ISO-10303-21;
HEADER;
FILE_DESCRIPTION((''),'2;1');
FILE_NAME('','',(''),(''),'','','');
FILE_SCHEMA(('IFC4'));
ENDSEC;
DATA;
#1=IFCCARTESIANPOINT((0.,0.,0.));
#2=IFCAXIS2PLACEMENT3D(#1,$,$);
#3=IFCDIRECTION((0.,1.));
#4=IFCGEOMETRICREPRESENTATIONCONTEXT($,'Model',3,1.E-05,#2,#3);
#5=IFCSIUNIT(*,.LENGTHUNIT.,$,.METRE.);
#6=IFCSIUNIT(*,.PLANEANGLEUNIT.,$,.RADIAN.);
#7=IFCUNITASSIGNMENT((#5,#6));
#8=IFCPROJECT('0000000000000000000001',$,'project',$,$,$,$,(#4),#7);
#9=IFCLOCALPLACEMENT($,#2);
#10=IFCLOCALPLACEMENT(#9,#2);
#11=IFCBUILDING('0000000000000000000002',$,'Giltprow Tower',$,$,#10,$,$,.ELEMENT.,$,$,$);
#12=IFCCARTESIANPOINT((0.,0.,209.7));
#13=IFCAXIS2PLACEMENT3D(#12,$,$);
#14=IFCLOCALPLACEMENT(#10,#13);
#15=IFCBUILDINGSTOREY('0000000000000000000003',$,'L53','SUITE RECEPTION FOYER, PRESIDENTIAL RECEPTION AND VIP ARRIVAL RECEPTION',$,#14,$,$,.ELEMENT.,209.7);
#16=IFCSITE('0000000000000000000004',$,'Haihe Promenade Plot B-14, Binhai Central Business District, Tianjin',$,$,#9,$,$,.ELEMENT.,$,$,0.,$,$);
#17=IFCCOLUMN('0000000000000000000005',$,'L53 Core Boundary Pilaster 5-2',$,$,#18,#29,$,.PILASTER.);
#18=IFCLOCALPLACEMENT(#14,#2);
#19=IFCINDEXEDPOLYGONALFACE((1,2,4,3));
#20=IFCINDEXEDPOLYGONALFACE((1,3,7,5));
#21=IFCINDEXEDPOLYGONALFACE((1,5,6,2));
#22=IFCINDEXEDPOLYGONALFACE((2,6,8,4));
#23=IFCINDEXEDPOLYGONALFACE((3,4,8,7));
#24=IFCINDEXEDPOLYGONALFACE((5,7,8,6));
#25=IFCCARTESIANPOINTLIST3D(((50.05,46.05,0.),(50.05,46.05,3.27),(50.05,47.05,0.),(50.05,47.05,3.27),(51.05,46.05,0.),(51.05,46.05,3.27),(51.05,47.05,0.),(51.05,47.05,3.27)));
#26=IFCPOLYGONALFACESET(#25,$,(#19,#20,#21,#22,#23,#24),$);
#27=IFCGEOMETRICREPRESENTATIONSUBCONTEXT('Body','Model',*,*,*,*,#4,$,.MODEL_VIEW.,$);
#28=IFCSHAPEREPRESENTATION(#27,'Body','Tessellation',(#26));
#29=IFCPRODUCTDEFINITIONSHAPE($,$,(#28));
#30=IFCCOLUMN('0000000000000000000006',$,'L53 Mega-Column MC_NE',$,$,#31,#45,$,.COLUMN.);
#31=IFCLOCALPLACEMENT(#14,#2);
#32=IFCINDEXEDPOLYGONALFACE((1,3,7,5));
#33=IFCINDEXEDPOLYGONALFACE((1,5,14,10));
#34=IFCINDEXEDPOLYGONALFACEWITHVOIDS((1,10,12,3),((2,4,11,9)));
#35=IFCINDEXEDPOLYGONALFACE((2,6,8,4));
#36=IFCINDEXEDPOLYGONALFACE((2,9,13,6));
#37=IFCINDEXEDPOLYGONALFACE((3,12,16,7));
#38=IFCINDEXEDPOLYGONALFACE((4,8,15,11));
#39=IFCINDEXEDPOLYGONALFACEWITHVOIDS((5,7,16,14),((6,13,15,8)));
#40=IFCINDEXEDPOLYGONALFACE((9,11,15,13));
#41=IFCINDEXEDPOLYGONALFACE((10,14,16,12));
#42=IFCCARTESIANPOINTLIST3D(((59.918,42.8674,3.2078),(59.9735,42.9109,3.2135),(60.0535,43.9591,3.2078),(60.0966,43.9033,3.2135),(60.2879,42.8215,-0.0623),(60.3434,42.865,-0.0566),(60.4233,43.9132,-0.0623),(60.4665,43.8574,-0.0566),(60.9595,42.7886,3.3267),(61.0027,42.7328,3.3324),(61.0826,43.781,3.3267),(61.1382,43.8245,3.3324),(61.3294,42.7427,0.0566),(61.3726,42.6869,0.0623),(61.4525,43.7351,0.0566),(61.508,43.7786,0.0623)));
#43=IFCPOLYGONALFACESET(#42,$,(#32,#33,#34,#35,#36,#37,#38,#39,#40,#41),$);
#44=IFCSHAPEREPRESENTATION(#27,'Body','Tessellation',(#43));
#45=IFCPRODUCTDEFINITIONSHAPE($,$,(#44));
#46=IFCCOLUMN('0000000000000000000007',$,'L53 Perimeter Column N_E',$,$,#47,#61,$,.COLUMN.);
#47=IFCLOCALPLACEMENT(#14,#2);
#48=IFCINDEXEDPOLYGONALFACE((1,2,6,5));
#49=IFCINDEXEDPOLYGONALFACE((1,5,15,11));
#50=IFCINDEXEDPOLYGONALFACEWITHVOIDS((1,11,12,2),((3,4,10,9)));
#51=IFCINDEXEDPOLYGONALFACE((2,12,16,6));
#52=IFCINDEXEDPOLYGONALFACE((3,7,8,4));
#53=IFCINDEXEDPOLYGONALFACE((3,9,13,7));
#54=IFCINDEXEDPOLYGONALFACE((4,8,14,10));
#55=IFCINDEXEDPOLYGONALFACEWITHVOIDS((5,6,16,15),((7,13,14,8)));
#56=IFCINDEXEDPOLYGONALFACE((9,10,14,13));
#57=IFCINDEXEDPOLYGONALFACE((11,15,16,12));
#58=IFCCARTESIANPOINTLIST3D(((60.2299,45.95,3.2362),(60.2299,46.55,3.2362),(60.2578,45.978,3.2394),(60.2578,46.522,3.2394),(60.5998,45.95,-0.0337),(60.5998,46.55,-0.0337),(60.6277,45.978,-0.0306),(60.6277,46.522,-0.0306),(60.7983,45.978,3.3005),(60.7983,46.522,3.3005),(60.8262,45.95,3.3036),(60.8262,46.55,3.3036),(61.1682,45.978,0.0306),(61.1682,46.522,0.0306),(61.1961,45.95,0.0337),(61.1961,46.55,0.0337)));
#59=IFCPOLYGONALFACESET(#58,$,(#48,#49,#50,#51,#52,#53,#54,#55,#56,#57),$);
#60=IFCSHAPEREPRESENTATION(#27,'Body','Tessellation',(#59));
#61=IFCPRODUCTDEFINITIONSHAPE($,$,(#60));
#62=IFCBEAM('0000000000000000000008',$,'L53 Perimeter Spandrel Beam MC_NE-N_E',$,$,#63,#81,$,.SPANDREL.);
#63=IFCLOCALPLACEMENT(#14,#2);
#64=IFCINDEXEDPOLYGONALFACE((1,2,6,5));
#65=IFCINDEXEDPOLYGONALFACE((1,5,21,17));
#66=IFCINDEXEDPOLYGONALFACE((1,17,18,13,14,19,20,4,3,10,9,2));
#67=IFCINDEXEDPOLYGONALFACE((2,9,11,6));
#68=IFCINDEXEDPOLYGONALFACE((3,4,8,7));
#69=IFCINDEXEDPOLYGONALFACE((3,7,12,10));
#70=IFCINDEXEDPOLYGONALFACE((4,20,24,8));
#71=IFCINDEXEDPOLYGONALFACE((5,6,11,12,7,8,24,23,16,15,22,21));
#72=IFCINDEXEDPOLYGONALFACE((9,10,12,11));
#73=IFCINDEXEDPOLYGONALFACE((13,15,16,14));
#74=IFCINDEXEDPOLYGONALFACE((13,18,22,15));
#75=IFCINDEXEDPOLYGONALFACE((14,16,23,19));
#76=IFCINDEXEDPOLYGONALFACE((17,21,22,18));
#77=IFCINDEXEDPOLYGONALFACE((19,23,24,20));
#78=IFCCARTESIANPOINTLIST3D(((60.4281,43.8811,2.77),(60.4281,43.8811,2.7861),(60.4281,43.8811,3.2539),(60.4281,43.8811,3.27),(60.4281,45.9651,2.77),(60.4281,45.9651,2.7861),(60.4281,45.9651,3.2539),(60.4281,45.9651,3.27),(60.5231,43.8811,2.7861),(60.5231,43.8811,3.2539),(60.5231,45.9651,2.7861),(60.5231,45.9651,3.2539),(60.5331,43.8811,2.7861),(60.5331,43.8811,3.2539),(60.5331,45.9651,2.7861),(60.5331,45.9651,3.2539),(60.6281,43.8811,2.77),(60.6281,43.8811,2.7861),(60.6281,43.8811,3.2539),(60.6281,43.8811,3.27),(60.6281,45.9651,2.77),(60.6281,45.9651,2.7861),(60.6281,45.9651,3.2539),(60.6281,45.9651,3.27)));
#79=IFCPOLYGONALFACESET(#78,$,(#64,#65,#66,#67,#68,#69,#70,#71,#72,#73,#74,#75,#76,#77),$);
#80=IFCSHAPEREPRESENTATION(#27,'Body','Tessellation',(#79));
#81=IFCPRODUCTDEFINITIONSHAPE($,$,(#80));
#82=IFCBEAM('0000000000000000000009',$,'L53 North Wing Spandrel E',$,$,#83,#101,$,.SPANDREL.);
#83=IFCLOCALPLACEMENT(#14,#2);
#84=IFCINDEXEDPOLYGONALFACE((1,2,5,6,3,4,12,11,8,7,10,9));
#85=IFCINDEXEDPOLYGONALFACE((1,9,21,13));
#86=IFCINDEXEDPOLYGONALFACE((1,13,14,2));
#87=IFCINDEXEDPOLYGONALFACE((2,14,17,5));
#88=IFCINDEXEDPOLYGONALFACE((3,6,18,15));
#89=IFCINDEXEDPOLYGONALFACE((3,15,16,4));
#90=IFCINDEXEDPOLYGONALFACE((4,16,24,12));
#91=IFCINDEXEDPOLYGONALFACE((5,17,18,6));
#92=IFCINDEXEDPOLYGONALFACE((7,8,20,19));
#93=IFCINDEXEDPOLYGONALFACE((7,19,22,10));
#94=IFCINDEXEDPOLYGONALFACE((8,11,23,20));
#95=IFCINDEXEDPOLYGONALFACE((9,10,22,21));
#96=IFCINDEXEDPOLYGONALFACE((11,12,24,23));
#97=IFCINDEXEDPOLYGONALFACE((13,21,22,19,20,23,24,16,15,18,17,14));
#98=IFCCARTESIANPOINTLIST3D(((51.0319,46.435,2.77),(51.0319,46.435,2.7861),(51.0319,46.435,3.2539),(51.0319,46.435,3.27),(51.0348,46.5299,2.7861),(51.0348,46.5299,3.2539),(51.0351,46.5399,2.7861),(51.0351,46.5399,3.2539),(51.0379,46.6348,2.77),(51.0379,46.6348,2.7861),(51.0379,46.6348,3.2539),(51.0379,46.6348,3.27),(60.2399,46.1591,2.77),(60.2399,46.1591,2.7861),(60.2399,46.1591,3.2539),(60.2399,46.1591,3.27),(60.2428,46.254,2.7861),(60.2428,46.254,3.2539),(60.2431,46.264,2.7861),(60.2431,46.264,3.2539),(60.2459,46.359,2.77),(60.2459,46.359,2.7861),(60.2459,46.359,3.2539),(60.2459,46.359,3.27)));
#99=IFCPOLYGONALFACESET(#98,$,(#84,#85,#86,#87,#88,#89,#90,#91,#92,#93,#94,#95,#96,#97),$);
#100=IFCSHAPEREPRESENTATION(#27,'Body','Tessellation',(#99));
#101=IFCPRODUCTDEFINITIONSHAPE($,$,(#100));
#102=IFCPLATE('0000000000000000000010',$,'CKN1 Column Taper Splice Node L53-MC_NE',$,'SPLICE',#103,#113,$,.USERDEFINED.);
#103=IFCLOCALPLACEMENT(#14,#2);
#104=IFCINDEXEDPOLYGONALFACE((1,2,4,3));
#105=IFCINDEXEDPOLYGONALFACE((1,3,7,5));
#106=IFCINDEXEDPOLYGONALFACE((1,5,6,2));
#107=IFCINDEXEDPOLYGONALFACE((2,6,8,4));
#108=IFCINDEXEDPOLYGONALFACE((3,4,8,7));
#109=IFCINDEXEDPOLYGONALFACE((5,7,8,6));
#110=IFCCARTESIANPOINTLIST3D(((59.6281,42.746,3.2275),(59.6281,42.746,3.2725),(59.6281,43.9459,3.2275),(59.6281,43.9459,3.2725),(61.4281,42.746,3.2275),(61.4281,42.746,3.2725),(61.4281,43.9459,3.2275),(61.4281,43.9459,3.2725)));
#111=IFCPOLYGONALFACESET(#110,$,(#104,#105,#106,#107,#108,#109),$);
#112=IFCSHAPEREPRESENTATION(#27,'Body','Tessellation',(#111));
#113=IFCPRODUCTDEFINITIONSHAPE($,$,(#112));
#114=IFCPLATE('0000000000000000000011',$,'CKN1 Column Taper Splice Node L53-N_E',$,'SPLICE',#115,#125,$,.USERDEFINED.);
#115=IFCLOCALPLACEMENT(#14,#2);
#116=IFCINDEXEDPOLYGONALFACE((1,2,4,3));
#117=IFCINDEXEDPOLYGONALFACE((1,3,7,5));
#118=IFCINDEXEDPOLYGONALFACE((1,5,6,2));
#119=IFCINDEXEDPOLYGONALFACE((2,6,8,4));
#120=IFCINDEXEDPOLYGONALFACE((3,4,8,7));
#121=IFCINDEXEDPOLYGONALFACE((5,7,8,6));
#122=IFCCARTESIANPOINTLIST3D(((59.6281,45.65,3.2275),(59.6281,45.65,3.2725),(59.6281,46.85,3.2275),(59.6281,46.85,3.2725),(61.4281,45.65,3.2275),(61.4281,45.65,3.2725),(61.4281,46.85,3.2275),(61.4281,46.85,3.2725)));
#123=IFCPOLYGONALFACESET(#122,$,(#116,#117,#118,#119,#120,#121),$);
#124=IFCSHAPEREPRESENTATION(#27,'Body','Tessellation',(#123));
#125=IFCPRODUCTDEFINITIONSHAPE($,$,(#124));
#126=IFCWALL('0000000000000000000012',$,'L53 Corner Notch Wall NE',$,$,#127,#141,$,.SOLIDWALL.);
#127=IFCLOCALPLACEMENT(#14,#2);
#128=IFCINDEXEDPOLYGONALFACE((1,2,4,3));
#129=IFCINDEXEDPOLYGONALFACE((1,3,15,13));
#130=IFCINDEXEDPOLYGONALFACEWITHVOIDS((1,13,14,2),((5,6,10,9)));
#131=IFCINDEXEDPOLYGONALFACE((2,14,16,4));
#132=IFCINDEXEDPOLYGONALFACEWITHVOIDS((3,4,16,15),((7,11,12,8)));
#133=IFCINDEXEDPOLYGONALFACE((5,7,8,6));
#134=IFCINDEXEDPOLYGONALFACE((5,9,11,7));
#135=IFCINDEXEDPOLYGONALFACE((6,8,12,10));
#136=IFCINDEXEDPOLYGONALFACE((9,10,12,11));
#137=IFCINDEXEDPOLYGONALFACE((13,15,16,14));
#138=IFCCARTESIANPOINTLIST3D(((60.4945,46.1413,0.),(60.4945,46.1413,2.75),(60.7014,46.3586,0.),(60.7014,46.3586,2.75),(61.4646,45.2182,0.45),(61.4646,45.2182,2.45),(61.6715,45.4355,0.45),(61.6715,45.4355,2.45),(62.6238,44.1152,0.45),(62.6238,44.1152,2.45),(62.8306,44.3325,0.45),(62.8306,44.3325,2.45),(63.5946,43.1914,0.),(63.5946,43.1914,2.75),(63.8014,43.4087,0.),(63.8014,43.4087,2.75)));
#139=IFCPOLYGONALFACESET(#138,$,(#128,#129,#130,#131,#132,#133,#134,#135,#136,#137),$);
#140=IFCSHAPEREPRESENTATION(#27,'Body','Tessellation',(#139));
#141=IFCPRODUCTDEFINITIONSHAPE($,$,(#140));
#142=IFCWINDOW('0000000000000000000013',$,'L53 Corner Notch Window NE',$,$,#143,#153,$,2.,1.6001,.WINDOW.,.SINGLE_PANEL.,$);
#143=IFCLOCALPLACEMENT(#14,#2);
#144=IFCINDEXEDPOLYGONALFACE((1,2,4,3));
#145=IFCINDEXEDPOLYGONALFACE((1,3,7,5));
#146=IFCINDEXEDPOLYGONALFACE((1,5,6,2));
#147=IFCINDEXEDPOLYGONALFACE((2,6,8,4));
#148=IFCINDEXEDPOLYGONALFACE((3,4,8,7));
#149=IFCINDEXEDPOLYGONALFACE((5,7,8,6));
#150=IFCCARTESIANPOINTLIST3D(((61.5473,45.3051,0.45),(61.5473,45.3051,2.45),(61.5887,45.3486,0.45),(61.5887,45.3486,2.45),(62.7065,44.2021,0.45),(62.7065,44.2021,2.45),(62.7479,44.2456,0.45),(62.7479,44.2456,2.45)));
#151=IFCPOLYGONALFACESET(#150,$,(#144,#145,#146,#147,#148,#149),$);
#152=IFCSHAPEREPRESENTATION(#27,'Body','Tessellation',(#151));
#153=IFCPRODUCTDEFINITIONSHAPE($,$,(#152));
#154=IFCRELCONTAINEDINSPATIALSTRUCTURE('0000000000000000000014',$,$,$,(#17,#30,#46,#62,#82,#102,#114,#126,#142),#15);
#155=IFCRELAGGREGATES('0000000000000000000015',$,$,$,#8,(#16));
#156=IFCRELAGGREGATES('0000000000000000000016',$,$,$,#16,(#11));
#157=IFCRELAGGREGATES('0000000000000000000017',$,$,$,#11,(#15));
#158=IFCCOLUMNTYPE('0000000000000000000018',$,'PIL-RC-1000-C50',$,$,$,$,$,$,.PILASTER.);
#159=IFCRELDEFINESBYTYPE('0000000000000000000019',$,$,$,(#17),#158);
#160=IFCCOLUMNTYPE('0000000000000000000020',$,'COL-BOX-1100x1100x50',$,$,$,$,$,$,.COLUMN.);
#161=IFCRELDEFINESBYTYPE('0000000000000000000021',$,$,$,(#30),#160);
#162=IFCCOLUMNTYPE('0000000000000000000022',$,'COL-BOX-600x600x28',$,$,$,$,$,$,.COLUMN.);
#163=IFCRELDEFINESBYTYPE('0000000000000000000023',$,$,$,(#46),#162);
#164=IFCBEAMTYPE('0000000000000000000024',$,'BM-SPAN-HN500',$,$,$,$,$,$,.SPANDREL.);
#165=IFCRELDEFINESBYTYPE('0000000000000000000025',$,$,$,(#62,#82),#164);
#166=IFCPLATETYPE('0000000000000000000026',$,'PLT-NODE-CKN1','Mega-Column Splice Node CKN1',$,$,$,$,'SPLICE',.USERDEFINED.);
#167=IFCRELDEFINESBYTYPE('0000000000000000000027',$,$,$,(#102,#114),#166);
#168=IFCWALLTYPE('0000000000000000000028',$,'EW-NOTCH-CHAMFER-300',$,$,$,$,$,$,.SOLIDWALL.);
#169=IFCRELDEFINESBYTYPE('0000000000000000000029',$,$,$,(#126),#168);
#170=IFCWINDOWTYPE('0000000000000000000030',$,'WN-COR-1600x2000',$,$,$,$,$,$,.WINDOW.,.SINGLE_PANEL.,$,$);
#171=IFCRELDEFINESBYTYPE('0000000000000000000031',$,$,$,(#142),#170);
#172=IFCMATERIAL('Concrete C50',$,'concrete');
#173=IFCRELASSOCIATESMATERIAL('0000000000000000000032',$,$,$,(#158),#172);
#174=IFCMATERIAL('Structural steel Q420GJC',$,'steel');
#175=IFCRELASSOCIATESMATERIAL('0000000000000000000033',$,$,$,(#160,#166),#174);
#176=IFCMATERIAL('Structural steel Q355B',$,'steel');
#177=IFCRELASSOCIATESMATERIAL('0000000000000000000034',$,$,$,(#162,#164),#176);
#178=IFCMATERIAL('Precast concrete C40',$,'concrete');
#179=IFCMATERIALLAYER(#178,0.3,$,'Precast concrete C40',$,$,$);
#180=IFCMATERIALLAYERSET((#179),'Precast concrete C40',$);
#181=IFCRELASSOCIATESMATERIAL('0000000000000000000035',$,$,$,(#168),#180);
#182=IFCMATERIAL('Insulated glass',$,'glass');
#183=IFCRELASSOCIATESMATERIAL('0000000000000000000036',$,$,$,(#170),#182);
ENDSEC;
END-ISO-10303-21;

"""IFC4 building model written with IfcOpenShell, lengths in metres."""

from ifc_helpers import new_model, si_unit, direction, frame, frame_2d, origin, origin_2d, place, context, subcontext, project, spatial, rectangle, hollow_rectangle, i_section, extrude, source, transform, mapped, material, layer, layer_set, material_profile, profile_set, type_object, element, fill, save


model = new_model("IFC4")

# Units and contexts
model_context = context("Model", 3, precision=1e-05, world=origin(), true_north=direction((0.0, 1.0)))
body_context = subcontext(model_context, "Body", "Model", "MODEL_VIEW")
ifc_project = project(units=[si_unit("LENGTHUNIT", "METRE"), si_unit("PLANEANGLEUNIT", "RADIAN")], contexts=[model_context])

# Site, building, storey
site_placement = place(None, origin())
site = spatial("IfcSite", under=ifc_project, at=site_placement, Name="Haihe Promenade Plot B-14, Binhai Central Business District, Tianjin", CompositionType="ELEMENT", RefElevation=0.0)
building_placement = place(site_placement, origin())
building = spatial("IfcBuilding", under=site, at=building_placement, Name="Giltprow Tower", CompositionType="ELEMENT")
storey_placement = place(building_placement, frame((0.0, 0.0, 209.7)))
storey = spatial("IfcBuildingStorey", under=building, at=storey_placement, Name="L53", Description="SUITE RECEPTION FOYER, PRESIDENTIAL RECEPTION AND VIP ARRIVAL RECEPTION", CompositionType="ELEMENT", Elevation=209.7)

# Columns
ifc_material_1 = material(Name="Concrete C50", Category="concrete")
ifc_material_profile_1 = material_profile(ifc_material_1, rectangle(XDim=1.0, YDim=1.0, at=origin_2d()), Name="RC 1000x1000")
ifc_profile_set_1 = profile_set([ifc_material_profile_1], Name="Concrete C50")
column_type_1 = type_object("IfcColumnType", Name="PIL-RC-1000-C50", PredefinedType="PILASTER", material=ifc_profile_set_1)
shared_shape_1 = source(origin(), body_context, "Body", "SweptSolid", [
    extrude(rectangle(XDim=1.0, YDim=1.0, at=origin_2d()), origin(), (0.0, 0.0, 1.0), 3.27),
])
column_1_placement = place(storey_placement, frame((50.55, 46.55, 0.0), z_axis=(0.0, 0.0, 1.0), x_axis=(1.0, 0.0, 0.0)))
element("IfcColumn", 1, at=column_1_placement, inside=storey, type_object=column_type_1, Name="L53 Core Boundary Pilaster 5-2", PredefinedType="PILASTER", context=body_context, shape_type="MappedRepresentation", body=[
    mapped(shared_shape_1, transform((0.0, 0.0, 0.0), x_axis=(1.0, 0.0, 0.0), y_axis=(0.0, 1.0, 0.0), z_axis=(0.0, 0.0, 1.0), scale=1.0)),
])
ifc_material_2 = material(Name="Structural steel Q420GJC", Category="steel")
ifc_material_profile_2 = material_profile(ifc_material_2, hollow_rectangle(XDim=1.1001, YDim=1.1001, WallThickness=0.05, at=origin_2d()), Name="BOX 1100x1100x50")
ifc_profile_set_2 = profile_set([ifc_material_profile_2], Name="Structural steel Q420GJC")
column_type_2 = type_object("IfcColumnType", Name="COL-BOX-1100x1100x50", PredefinedType="COLUMN", material=ifc_profile_set_2)
shared_shape_2 = source(origin(), body_context, "Body", "SweptSolid", [
    extrude(hollow_rectangle(XDim=1.1001, YDim=1.1001, WallThickness=0.05, at=origin_2d()), origin(), (0.0, 0.0, 1.0), 3.2913),
])
column_2_placement = place(storey_placement, frame((60.8979, 43.3, 0.0), z_axis=(-0.112383, 0.013946, 0.993567), x_axis=(-0.123148, -0.992388, 0.0)))
element("IfcColumn", 2, at=column_2_placement, inside=storey, type_object=column_type_2, Name="L53 Mega-Column MC_NE", PredefinedType="COLUMN", context=body_context, shape_type="MappedRepresentation", body=[
    mapped(shared_shape_2, transform((0.0, 0.0, 0.0), x_axis=(1.0, 0.0, 0.0), y_axis=(0.0, 1.0, 0.0), z_axis=(0.0, 0.0, 1.0), scale=1.0)),
])
ifc_material_3 = material(Name="Structural steel Q355B", Category="steel")
ifc_material_profile_3 = material_profile(ifc_material_3, hollow_rectangle(XDim=0.6001, YDim=0.6001, WallThickness=0.0281, at=origin_2d()), Name="BOX 600x600x28")
ifc_profile_set_3 = profile_set([ifc_material_profile_3], Name="Structural steel Q355B")
column_type_3 = type_object("IfcColumnType", Name="COL-BOX-600x600x28", PredefinedType="COLUMN", material=ifc_profile_set_3)
shared_shape_3 = source(origin(), body_context, "Body", "SweptSolid", [
    extrude(hollow_rectangle(XDim=0.6001, YDim=0.6001, WallThickness=0.0281, at=origin_2d()), origin(), (0.0, 0.0, 1.0), 3.2908),
])
column_3_placement = place(storey_placement, frame((60.8979, 46.25, 0.0), z_axis=(-0.112394, 0.0, 0.993664), x_axis=(0.0, -1.0, 0.0)))
element("IfcColumn", 3, at=column_3_placement, inside=storey, type_object=column_type_3, Name="L53 Perimeter Column N_E", PredefinedType="COLUMN", context=body_context, shape_type="MappedRepresentation", body=[
    mapped(shared_shape_3, transform((0.0, 0.0, 0.0), x_axis=(1.0, 0.0, 0.0), y_axis=(0.0, 1.0, 0.0), z_axis=(0.0, 0.0, 1.0), scale=1.0)),
])

# Beams
ifc_material_profile_4 = material_profile(ifc_material_3, i_section(OverallWidth=0.2, OverallDepth=0.5, WebThickness=0.01, FlangeThickness=0.0161, at=origin_2d()), Name="HN 500x200x10x16")
ifc_profile_set_4 = profile_set([ifc_material_profile_4], Name="Structural steel Q355B")
beam_type = type_object("IfcBeamType", Name="BM-SPAN-HN500", PredefinedType="SPANDREL", material=ifc_profile_set_4)
shared_shape_4 = source(origin(), body_context, "Body", "SweptSolid", [
    extrude(i_section(OverallWidth=0.2, OverallDepth=0.5, WebThickness=0.01, FlangeThickness=0.0161, at=origin_2d()), origin(), (0.0, 0.0, 1.0), 2.084),
])
beam_1_placement = place(storey_placement, frame((60.5281, 43.8811, 3.02), z_axis=(0.0, 1.0, 0.0), x_axis=(-1.0, 0.0, 0.0)))
element("IfcBeam", 4, at=beam_1_placement, inside=storey, type_object=beam_type, Name="L53 Perimeter Spandrel Beam MC_NE-N_E", PredefinedType="SPANDREL", context=body_context, shape_type="MappedRepresentation", body=[
    mapped(shared_shape_4, transform((0.0, 0.0, 0.0), x_axis=(1.0, 0.0, 0.0), y_axis=(0.0, 1.0, 0.0), z_axis=(0.0, 0.0, 1.0), scale=1.0)),
])
shared_shape_5 = source(origin(), body_context, "Body", "SweptSolid", [
    extrude(i_section(OverallWidth=0.2, OverallDepth=0.5, WebThickness=0.01, FlangeThickness=0.0161, at=origin_2d()), origin(), (0.0, 0.0, 1.0), 9.2122),
])
beam_2_placement = place(storey_placement, frame((51.0349, 46.5349, 3.02), z_axis=(0.999551, -0.029947, 0.0), x_axis=(0.029947, 0.999551, 0.0)))
element("IfcBeam", 5, at=beam_2_placement, inside=storey, type_object=beam_type, Name="L53 North Wing Spandrel E", PredefinedType="SPANDREL", context=body_context, shape_type="MappedRepresentation", body=[
    mapped(shared_shape_5, transform((0.0, 0.0, 0.0), x_axis=(1.0, 0.0, 0.0), y_axis=(0.0, 1.0, 0.0), z_axis=(0.0, 0.0, 1.0), scale=1.0)),
])

# Plates
plate_type = type_object("IfcPlateType", Name="PLT-NODE-CKN1", Description="Mega-Column Splice Node CKN1", ElementType="SPLICE", PredefinedType="USERDEFINED", material=ifc_material_2)
shared_shape_6 = source(origin(), body_context, "Body", "SweptSolid", [
    extrude(rectangle(XDim=1.8, YDim=1.2, at=origin_2d()), origin(), (0.0, 0.0, 1.0), 0.0449),
])
for number, where, z_axis, x_axis, name in (
    (6, (60.5281, 43.3459, 3.2275), (0.0, 0.0, 1.0), (1.0, 0.0, 0.0), "CKN1 Column Taper Splice Node L53-MC_NE"),
    (7, (60.5281, 46.25, 3.2275), (0.0, 0.0, 1.0), (1.0, 0.0, 0.0), "CKN1 Column Taper Splice Node L53-N_E"),
):
    element("IfcPlate", number, at=place(storey_placement, frame(where, z_axis=z_axis, x_axis=x_axis)), inside=storey, type_object=plate_type, Name=name, ObjectType="SPLICE", PredefinedType="USERDEFINED", context=body_context, shape_type="MappedRepresentation", body=[
        mapped(shared_shape_6, transform((0.0, 0.0, 0.0), x_axis=(1.0, 0.0, 0.0), y_axis=(0.0, 1.0, 0.0), z_axis=(0.0, 0.0, 1.0), scale=1.0)),
    ])

# Wall, opening, window
ifc_material_4 = material(Name="Precast concrete C40", Category="concrete")
ifc_layer_1 = layer(ifc_material_4, 0.3, Name="Precast concrete C40")
ifc_layer_set_1 = layer_set([ifc_layer_1], Name="Precast concrete C40")
wall_type_1 = type_object("IfcWallType", Name="EW-NOTCH-CHAMFER-300", PredefinedType="SOLIDWALL", material=ifc_layer_set_1)
wall_1_placement = place(storey_placement, frame((63.698, 43.3, 0.0), z_axis=(0.0, 0.0, 1.0), x_axis=(-0.724432, 0.689346, 0.0)))
wall_1 = element("IfcWall", 8, at=wall_1_placement, inside=storey, type_object=wall_type_1, Name="L53 Corner Notch Wall NE", PredefinedType="SOLIDWALL", context=body_context, shape_type="SweptSolid", body=[
    extrude(rectangle(XDim=4.2793, YDim=0.3, at=frame_2d((2.1396, 0.0))), origin(), (0.0, 0.0, 1.0), 2.75),
])
opening_1_placement = place(wall_1_placement, frame((1.3401, 0.0, 0.45)))
opening_1 = element("IfcOpeningElement", 9, at=opening_1_placement, cuts=wall_1, PredefinedType="OPENING", context=body_context, shape_type="SweptSolid", body=[
    extrude(rectangle(XDim=1.6001, YDim=2.0, at=frame_2d((0.8, 1.0))), frame((0.0, 0.1599, 0.0), z_axis=(0.0, -1.0, 0.0), x_axis=(1.0, 0.0, 0.0)), (0.0, 0.0, 1.0), 0.3201),
])
ifc_material_5 = material(Name="Insulated glass", Category="glass")
window_type = type_object("IfcWindowType", Name="WN-COR-1600x2000", PartitioningType="SINGLE_PANEL", PredefinedType="WINDOW", material=ifc_material_5)
shared_shape_7 = source(origin(), body_context, "Body", "SweptSolid", [
    extrude(rectangle(XDim=1.6001, YDim=2.0, at=frame_2d((0.8, 1.0))), frame((0.0, 0.03, 0.0), z_axis=(0.0, -1.0, 0.0), x_axis=(1.0, 0.0, 0.0)), (0.0, 0.0, 1.0), 0.0601),
])
window_1_placement = place(opening_1_placement, origin())
window_1 = element("IfcWindow", 10, at=window_1_placement, inside=storey, type_object=window_type, Name="L53 Corner Notch Window NE", OverallHeight=2.0, OverallWidth=1.6001, PartitioningType="SINGLE_PANEL", PredefinedType="WINDOW", context=body_context, shape_type="MappedRepresentation", body=[
    mapped(shared_shape_7, transform((0.0, 0.0, 0.0), x_axis=(1.0, 0.0, 0.0), y_axis=(0.0, 1.0, 0.0), z_axis=(0.0, 0.0, 1.0), scale=1.0)),
])
fill(opening_1, window_1)

save(model, "model.ifc")
